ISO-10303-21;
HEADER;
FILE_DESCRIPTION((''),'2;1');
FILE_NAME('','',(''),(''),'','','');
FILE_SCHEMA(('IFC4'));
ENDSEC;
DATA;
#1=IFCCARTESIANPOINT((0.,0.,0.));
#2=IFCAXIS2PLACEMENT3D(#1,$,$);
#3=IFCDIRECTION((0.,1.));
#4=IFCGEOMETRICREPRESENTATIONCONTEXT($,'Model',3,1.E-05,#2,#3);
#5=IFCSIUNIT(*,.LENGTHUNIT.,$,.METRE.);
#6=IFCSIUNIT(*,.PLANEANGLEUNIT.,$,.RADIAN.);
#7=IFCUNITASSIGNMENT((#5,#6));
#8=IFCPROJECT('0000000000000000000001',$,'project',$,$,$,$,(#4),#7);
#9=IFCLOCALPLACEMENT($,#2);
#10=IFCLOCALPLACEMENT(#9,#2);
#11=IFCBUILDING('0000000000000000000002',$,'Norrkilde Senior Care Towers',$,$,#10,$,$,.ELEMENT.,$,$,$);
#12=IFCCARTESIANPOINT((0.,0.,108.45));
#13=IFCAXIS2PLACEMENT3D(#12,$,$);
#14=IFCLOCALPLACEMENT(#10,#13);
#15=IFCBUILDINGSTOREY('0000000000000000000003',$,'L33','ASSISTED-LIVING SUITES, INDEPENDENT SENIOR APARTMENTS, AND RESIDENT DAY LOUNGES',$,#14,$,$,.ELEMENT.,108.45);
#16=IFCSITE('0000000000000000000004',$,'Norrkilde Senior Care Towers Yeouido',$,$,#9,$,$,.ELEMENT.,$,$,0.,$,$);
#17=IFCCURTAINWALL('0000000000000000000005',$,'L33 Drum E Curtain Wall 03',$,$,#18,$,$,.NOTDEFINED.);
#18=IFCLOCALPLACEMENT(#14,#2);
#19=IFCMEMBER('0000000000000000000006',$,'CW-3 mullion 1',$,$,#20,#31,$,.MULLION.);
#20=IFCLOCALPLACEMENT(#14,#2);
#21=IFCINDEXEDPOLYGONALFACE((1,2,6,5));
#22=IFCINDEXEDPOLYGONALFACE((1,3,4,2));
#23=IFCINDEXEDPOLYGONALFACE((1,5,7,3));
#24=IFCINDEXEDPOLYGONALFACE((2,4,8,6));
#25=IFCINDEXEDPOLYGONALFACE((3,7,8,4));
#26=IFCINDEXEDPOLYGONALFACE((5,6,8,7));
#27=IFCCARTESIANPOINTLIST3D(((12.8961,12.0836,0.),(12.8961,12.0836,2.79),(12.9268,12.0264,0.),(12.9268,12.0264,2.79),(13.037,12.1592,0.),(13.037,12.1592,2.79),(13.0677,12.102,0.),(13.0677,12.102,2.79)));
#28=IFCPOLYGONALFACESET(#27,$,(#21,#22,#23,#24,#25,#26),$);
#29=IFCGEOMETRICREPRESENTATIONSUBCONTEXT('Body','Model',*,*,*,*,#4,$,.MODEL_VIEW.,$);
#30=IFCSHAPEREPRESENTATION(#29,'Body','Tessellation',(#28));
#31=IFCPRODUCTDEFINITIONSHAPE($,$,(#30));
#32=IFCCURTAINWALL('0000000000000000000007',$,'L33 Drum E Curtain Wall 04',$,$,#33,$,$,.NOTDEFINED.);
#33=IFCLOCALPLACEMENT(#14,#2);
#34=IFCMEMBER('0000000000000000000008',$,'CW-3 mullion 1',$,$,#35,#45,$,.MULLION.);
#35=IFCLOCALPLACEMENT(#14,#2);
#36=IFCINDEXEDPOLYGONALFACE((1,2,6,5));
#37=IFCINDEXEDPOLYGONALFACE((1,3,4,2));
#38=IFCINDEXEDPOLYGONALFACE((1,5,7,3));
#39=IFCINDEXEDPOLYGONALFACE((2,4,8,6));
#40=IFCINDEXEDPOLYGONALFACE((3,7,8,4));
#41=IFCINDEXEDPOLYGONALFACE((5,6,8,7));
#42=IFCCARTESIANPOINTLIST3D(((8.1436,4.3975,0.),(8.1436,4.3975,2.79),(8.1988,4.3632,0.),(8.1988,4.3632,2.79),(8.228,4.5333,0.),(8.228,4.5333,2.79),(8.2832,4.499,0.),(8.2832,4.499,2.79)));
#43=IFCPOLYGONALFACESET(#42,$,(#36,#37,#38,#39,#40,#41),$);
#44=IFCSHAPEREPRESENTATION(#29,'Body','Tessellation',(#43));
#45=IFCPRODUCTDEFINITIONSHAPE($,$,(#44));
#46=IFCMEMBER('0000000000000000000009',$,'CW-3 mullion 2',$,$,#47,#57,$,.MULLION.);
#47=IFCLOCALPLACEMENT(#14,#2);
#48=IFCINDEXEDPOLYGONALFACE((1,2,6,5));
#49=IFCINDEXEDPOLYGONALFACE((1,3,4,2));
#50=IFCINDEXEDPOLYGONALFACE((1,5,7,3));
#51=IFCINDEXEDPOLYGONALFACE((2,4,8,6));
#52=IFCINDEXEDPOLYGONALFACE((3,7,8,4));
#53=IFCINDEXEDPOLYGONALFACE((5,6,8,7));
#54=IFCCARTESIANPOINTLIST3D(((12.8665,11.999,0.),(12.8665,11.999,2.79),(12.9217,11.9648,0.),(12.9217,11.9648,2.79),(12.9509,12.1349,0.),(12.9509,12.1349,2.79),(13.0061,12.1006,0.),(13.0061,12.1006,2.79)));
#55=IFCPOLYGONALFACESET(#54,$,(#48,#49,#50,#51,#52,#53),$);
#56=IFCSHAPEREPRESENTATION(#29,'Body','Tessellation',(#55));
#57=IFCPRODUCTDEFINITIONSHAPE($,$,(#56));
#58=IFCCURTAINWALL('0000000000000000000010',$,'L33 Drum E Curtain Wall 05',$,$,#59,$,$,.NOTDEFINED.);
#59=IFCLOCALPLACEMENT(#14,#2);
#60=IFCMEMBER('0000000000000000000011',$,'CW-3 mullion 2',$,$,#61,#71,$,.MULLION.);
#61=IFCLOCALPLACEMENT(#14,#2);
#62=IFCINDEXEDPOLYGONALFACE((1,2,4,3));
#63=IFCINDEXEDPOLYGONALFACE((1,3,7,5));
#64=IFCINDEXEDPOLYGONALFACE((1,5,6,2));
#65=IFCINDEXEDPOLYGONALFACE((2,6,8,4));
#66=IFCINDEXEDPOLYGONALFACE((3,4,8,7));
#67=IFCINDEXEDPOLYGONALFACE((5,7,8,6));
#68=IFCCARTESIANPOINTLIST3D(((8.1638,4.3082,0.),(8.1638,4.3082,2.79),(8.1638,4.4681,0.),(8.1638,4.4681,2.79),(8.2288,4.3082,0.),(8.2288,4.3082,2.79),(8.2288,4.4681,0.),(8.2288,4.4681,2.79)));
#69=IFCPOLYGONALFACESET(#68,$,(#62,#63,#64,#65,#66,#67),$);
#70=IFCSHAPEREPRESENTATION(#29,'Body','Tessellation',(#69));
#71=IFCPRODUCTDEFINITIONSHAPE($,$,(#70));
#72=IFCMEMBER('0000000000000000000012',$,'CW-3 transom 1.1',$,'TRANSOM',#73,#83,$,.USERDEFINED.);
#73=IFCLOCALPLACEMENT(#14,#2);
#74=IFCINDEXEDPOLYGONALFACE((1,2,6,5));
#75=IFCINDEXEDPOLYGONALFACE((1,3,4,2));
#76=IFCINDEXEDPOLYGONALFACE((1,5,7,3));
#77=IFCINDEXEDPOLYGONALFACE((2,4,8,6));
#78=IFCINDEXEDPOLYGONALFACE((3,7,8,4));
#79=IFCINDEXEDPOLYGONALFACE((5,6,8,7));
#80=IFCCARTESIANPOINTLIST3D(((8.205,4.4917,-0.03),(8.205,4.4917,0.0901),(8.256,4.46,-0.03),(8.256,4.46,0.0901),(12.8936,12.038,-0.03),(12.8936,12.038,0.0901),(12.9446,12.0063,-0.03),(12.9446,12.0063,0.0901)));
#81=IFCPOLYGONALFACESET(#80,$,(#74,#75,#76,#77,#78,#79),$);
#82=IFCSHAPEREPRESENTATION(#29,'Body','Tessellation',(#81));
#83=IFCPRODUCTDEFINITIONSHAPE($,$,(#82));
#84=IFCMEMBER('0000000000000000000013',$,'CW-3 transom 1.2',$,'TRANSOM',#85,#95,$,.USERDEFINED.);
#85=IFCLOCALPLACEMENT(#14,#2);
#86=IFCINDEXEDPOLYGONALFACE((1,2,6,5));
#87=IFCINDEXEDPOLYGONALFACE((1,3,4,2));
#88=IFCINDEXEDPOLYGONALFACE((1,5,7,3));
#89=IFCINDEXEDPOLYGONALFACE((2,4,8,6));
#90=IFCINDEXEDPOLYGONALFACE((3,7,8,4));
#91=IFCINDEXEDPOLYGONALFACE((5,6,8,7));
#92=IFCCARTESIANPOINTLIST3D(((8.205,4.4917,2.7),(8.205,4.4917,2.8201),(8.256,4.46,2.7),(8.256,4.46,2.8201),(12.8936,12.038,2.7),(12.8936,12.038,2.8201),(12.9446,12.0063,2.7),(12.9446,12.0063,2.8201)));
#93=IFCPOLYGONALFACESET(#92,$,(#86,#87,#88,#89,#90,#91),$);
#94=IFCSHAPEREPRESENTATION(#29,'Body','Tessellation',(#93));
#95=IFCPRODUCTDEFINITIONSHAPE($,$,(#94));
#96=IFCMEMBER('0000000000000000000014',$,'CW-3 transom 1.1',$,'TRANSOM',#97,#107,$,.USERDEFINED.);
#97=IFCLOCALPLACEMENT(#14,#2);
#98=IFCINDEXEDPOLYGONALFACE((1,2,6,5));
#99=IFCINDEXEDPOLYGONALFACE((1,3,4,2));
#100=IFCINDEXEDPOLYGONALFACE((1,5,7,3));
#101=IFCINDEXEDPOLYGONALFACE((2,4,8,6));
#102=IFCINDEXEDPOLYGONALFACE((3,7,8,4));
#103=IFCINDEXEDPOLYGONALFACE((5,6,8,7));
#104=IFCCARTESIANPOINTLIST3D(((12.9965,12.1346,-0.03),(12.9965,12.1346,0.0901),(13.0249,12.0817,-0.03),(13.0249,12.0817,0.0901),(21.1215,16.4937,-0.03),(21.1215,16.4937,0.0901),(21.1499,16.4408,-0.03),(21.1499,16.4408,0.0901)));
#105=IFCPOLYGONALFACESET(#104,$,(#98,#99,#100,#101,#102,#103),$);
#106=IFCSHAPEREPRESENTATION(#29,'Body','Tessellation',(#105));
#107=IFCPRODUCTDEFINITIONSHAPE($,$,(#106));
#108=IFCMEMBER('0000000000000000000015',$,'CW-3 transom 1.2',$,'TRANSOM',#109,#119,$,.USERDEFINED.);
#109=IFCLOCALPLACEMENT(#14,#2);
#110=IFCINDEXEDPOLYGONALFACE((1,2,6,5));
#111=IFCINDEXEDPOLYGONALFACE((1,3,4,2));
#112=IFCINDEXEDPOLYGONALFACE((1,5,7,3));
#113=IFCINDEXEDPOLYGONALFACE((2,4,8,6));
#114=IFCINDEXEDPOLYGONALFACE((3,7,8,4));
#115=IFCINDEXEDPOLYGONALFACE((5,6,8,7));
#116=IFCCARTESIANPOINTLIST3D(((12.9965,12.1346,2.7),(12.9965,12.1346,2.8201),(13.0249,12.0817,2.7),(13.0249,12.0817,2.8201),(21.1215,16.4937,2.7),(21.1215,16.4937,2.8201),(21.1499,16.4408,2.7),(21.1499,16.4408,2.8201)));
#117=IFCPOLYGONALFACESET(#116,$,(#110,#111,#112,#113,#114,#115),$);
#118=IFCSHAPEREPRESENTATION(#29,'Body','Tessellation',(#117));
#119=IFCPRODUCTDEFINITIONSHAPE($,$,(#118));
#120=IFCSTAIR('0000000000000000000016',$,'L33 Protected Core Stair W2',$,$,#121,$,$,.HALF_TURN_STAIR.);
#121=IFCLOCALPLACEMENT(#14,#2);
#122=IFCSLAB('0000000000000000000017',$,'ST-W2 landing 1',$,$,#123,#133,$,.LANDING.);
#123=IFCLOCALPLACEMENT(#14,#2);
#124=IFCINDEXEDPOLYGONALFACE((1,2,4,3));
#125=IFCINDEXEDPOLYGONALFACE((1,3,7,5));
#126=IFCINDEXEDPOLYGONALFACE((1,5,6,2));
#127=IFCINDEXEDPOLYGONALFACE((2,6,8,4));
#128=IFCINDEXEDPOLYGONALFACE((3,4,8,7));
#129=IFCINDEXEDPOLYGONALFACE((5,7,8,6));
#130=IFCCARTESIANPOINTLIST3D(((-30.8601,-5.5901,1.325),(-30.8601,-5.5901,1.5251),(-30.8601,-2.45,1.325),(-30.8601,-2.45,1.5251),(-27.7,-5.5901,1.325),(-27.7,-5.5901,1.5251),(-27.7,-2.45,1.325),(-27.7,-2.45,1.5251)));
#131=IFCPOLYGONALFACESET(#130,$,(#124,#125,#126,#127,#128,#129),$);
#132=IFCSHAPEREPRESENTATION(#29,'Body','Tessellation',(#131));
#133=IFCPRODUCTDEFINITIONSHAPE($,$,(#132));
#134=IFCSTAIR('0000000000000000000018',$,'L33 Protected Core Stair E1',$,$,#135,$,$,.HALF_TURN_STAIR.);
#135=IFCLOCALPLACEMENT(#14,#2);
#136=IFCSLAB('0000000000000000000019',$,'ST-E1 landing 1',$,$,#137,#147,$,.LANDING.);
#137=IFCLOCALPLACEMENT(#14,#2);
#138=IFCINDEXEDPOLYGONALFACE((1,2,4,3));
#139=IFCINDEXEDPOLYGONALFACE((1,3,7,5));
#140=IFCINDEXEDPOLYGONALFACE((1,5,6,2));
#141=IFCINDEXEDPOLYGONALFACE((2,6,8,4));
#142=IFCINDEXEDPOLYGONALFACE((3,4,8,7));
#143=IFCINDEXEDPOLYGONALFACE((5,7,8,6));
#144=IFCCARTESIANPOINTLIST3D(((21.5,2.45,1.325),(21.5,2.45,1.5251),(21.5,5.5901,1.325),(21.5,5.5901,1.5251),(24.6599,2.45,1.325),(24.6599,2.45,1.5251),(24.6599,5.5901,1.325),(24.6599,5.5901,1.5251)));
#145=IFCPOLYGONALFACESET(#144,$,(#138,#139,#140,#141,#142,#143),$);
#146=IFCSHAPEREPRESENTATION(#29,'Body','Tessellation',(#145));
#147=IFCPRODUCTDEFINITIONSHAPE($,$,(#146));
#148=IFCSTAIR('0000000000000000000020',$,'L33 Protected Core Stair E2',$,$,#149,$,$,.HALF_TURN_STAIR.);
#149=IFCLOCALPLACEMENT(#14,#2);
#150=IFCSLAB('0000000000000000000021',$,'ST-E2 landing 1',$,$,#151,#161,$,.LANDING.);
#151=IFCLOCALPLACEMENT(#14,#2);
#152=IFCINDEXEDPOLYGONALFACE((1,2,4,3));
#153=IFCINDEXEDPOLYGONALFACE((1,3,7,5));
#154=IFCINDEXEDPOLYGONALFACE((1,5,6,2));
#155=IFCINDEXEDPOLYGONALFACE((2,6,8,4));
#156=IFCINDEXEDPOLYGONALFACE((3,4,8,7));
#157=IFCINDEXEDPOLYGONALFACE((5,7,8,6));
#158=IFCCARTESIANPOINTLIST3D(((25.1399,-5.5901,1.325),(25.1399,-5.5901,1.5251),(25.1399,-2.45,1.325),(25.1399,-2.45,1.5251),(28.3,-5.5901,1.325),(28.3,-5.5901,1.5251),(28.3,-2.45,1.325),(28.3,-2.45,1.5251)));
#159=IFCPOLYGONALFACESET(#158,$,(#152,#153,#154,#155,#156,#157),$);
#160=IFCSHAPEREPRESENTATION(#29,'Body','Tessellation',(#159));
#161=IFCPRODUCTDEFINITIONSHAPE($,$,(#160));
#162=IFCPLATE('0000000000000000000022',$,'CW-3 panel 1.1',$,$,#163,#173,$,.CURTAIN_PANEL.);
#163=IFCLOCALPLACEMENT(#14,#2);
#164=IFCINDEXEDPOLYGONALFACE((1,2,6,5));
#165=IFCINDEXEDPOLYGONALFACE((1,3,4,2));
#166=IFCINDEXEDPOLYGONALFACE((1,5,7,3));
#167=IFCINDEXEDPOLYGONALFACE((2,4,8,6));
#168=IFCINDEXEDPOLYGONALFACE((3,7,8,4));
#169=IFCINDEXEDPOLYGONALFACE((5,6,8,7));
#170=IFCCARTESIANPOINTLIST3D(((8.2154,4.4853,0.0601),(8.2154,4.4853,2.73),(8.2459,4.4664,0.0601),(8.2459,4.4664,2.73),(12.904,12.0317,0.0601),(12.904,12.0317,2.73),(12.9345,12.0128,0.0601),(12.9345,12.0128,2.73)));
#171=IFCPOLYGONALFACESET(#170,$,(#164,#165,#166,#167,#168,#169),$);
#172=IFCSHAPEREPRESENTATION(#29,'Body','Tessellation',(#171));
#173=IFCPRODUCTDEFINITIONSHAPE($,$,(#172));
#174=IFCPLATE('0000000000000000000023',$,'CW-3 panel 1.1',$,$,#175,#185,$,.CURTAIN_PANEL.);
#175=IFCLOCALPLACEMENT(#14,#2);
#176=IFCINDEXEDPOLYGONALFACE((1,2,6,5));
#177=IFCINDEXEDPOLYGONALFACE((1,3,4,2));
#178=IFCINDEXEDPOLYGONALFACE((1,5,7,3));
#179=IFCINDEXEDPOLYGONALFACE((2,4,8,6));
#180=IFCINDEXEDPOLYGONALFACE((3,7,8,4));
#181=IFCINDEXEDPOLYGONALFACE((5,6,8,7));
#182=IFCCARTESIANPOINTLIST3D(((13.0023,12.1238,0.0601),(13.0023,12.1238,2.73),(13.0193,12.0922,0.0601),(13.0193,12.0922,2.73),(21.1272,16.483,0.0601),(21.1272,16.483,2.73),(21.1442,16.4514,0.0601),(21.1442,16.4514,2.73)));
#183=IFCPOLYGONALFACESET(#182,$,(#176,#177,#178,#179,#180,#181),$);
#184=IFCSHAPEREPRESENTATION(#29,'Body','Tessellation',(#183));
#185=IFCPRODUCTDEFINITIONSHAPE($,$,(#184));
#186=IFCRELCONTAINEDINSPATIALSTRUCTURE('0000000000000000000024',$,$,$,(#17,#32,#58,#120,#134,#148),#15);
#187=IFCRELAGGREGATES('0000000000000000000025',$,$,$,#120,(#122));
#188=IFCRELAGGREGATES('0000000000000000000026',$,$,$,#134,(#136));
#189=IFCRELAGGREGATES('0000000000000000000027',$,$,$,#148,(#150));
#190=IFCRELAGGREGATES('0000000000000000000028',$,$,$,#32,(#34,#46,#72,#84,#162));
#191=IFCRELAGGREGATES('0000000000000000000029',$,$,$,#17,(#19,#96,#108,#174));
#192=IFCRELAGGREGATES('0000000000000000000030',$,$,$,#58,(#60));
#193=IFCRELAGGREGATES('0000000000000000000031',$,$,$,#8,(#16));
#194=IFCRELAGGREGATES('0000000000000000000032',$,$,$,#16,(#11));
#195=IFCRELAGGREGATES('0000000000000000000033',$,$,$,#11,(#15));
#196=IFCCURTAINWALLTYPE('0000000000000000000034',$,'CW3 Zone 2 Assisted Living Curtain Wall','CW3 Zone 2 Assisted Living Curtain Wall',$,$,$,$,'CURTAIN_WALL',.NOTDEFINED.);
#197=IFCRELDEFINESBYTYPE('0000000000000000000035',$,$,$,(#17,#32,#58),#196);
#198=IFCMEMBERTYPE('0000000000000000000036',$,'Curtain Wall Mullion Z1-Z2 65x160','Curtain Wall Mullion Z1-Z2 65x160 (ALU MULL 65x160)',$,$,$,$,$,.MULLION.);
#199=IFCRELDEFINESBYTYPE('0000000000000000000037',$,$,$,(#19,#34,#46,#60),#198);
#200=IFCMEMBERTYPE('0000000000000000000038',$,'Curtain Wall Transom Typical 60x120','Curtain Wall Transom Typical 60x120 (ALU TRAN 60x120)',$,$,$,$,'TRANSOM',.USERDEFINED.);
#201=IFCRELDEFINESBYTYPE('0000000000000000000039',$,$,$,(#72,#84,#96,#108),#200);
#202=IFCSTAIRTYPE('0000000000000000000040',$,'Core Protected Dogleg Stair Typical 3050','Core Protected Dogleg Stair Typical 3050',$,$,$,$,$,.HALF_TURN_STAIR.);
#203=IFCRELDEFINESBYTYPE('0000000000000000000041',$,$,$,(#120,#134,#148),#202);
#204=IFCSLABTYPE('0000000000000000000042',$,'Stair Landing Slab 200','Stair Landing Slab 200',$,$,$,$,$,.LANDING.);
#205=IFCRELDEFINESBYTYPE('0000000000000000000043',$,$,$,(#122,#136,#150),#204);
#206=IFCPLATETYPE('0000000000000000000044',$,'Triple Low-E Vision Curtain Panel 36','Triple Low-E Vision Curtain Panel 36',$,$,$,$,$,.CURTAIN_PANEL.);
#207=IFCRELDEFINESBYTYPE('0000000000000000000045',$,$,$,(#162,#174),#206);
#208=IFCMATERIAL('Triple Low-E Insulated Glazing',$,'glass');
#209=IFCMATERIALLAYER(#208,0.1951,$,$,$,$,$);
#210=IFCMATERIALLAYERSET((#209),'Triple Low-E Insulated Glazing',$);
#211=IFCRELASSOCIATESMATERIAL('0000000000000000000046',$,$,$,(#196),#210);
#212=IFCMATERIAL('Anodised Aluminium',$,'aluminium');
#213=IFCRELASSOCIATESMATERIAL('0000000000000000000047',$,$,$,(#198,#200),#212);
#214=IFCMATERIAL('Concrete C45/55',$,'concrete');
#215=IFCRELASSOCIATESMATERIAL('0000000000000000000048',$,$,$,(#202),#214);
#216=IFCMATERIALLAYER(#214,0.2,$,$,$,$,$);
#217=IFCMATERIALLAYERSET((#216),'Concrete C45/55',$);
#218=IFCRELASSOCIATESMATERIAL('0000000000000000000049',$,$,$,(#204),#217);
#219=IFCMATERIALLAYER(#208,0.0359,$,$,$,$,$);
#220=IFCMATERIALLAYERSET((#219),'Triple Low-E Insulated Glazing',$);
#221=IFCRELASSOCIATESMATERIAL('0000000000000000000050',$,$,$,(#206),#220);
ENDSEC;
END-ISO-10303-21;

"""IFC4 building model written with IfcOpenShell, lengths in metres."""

from ifc_helpers import new_model, si_unit, direction, frame, origin, origin_2d, place, context, subcontext, project, spatial, polyline, rectangle, outline, extrude, source, transform, mapped, material, layer, layer_set, material_profile, profile_set, type_object, type_shapes, element, aggregate, save


model = new_model("IFC4")

# Units and contexts
model_context = context("Model", 3, precision=1e-05, world=origin(), true_north=direction((0.0, 1.0)))
body_context = subcontext(model_context, "Body", "Model", "MODEL_VIEW")
ifc_project = project(units=[si_unit("LENGTHUNIT", "METRE"), si_unit("PLANEANGLEUNIT", "RADIAN")], contexts=[model_context])

# Site, building, storey
site_placement = place(None, origin())
site = spatial("IfcSite", under=ifc_project, at=site_placement, Name="Norrkilde Senior Care Towers Yeouido", CompositionType="ELEMENT", RefElevation=0.0)
building_placement = place(site_placement, origin())
building = spatial("IfcBuilding", under=site, at=building_placement, Name="Norrkilde Senior Care Towers", CompositionType="ELEMENT")
storey_placement = place(building_placement, frame((0.0, 0.0, 108.45)))
storey = spatial("IfcBuildingStorey", under=building, at=storey_placement, Name="L33", Description="ASSISTED-LIVING SUITES, INDEPENDENT SENIOR APARTMENTS, AND RESIDENT DAY LOUNGES", CompositionType="ELEMENT", Elevation=108.45)

# Curtain wall, member
ifc_material_1 = material(Name="Triple Low-E Insulated Glazing", Category="glass")
ifc_layer_1 = layer(ifc_material_1, 0.1951)
ifc_layer_set_1 = layer_set([ifc_layer_1], Name="Triple Low-E Insulated Glazing")
curtain_wall_type = type_object("IfcCurtainWallType", Name="CW3 Zone 2 Assisted Living Curtain Wall", Description="CW3 Zone 2 Assisted Living Curtain Wall", ElementType="CURTAIN_WALL", PredefinedType="NOTDEFINED", material=ifc_layer_set_1)
curtain_wall_1_placement = place(storey_placement, origin())
curtain_wall_1 = element("IfcCurtainWall", 1, at=curtain_wall_1_placement, inside=storey, type_object=curtain_wall_type, Name="L33 Drum E Curtain Wall 03", PredefinedType="NOTDEFINED")
ifc_material_2 = material(Name="Anodised Aluminium", Category="aluminium")
ifc_material_profile_1 = material_profile(ifc_material_2, rectangle(XDim=0.0649, YDim=0.1599, at=origin_2d()), Name="ALU MULL 65x160")
ifc_profile_set_1 = profile_set([ifc_material_profile_1], Name="Anodised Aluminium")
member_type_1 = type_object("IfcMemberType", Name="Curtain Wall Mullion Z1-Z2 65x160", Description="Curtain Wall Mullion Z1-Z2 65x160 (ALU MULL 65x160)", PredefinedType="MULLION", material=ifc_profile_set_1)
shared_shape_1 = source(origin(), body_context, "Body", "SweptSolid", [
    extrude(rectangle(XDim=0.0649, YDim=0.1599, at=origin_2d()), origin(), (0.0, 0.0, 1.0), 2.79),
])
type_shapes(member_type_1, [shared_shape_1])
member_1_placement = place(storey_placement, frame((12.9819, 12.0928, 0.0), z_axis=(0.0, 0.0, 1.0), x_axis=(-0.472769, 0.881186, 0.0)))
member_1 = element("IfcMember", 2, at=member_1_placement, type_object=member_type_1, Name="CW-3 mullion 1", PredefinedType="MULLION", context=body_context, shape_type="MappedRepresentation", body=[
    mapped(shared_shape_1, transform((0.0, 0.0, 0.0), x_axis=(1.0, 0.0, 0.0), y_axis=(0.0, 1.0, 0.0), z_axis=(0.0, 0.0, 1.0), scale=1.0)),
])

# Curtain wall, members
curtain_wall_2_placement = place(storey_placement, origin())
curtain_wall_2 = element("IfcCurtainWall", 3, at=curtain_wall_2_placement, inside=storey, type_object=curtain_wall_type, Name="L33 Drum E Curtain Wall 04", PredefinedType="NOTDEFINED")
member_2_placement = place(storey_placement, frame((8.2134, 4.4482, 0.0), z_axis=(0.0, 0.0, 1.0), x_axis=(-0.84941, 0.527733, 0.0)))
member_2 = element("IfcMember", 4, at=member_2_placement, type_object=member_type_1, Name="CW-3 mullion 1", PredefinedType="MULLION", context=body_context, shape_type="MappedRepresentation", body=[
    mapped(shared_shape_1, transform((0.0, 0.0, 0.0), x_axis=(1.0, 0.0, 0.0), y_axis=(0.0, 1.0, 0.0), z_axis=(0.0, 0.0, 1.0), scale=1.0)),
])
member_3_placement = place(storey_placement, frame((12.9363, 12.0498, 0.0), z_axis=(0.0, 0.0, 1.0), x_axis=(-0.84941, 0.527733, 0.0)))
member_3 = element("IfcMember", 5, at=member_3_placement, type_object=member_type_1, Name="CW-3 mullion 2", PredefinedType="MULLION", context=body_context, shape_type="MappedRepresentation", body=[
    mapped(shared_shape_1, transform((0.0, 0.0, 0.0), x_axis=(1.0, 0.0, 0.0), y_axis=(0.0, 1.0, 0.0), z_axis=(0.0, 0.0, 1.0), scale=1.0)),
])

# Curtain wall, member
curtain_wall_3_placement = place(storey_placement, origin())
curtain_wall_3 = element("IfcCurtainWall", 6, at=curtain_wall_3_placement, inside=storey, type_object=curtain_wall_type, Name="L33 Drum E Curtain Wall 05", PredefinedType="NOTDEFINED")
member_4_placement = place(storey_placement, frame((8.1963, 4.3882, 0.0), z_axis=(0.0, 0.0, 1.0), x_axis=(-1.0, 0.0, 0.0)))
member_4 = element("IfcMember", 7, at=member_4_placement, type_object=member_type_1, Name="CW-3 mullion 2", PredefinedType="MULLION", context=body_context, shape_type="MappedRepresentation", body=[
    mapped(shared_shape_1, transform((0.0, 0.0, 0.0), x_axis=(1.0, 0.0, 0.0), y_axis=(0.0, 1.0, 0.0), z_axis=(0.0, 0.0, 1.0), scale=1.0)),
])

# Members
ifc_material_profile_2 = material_profile(ifc_material_2, rectangle(XDim=0.0601, YDim=0.1201, at=origin_2d()), Name="ALU TRAN 60x120")
ifc_profile_set_2 = profile_set([ifc_material_profile_2], Name="Anodised Aluminium")
member_type_2 = type_object("IfcMemberType", Name="Curtain Wall Transom Typical 60x120", Description="Curtain Wall Transom Typical 60x120 (ALU TRAN 60x120)", ElementType="TRANSOM", PredefinedType="USERDEFINED", material=ifc_profile_set_2)
shared_shape_2 = source(origin(), body_context, "Body", "SweptSolid", [
    extrude(rectangle(XDim=0.0601, YDim=0.1201, at=origin_2d()), origin(), (0.0, 0.0, 1.0), 8.8843),
])
member_5_placement = place(storey_placement, frame((8.2305, 4.4758, 0.03), z_axis=(0.527749, 0.8494, 0.0), x_axis=(-0.8494, 0.527749, 0.0)))
member_5 = element("IfcMember", 8, at=member_5_placement, type_object=member_type_2, Name="CW-3 transom 1.1", ObjectType="TRANSOM", PredefinedType="USERDEFINED", context=body_context, shape_type="MappedRepresentation", body=[
    mapped(shared_shape_2, transform((0.0, 0.0, 0.0), x_axis=(1.0, 0.0, 0.0), y_axis=(0.0, 1.0, 0.0), z_axis=(0.0, 0.0, 1.0), scale=1.0)),
])
member_6_placement = place(storey_placement, frame((8.2305, 4.4758, 2.76), z_axis=(0.527749, 0.8494, 0.0), x_axis=(-0.8494, 0.527749, 0.0)))
member_6 = element("IfcMember", 9, at=member_6_placement, type_object=member_type_2, Name="CW-3 transom 1.2", ObjectType="TRANSOM", PredefinedType="USERDEFINED", context=body_context, shape_type="MappedRepresentation", body=[
    mapped(shared_shape_2, transform((0.0, 0.0, 0.0), x_axis=(1.0, 0.0, 0.0), y_axis=(0.0, 1.0, 0.0), z_axis=(0.0, 0.0, 1.0), scale=1.0)),
])
shared_shape_3 = source(origin(), body_context, "Body", "SweptSolid", [
    extrude(rectangle(XDim=0.0601, YDim=0.1201, at=origin_2d()), origin(), (0.0, 0.0, 1.0), 9.2205),
])
type_shapes(member_type_2, [shared_shape_2, shared_shape_3])
member_7_placement = place(storey_placement, frame((13.0107, 12.1082, 0.03), z_axis=(0.881189, 0.472765, 0.0), x_axis=(-0.472765, 0.881189, 0.0)))
member_7 = element("IfcMember", 10, at=member_7_placement, type_object=member_type_2, Name="CW-3 transom 1.1", ObjectType="TRANSOM", PredefinedType="USERDEFINED", context=body_context, shape_type="MappedRepresentation", body=[
    mapped(shared_shape_3, transform((0.0, 0.0, 0.0), x_axis=(1.0, 0.0, 0.0), y_axis=(0.0, 1.0, 0.0), z_axis=(0.0, 0.0, 1.0), scale=1.0)),
])
member_8_placement = place(storey_placement, frame((13.0107, 12.1082, 2.76), z_axis=(0.881189, 0.472765, 0.0), x_axis=(-0.472765, 0.881189, 0.0)))
member_8 = element("IfcMember", 11, at=member_8_placement, type_object=member_type_2, Name="CW-3 transom 1.2", ObjectType="TRANSOM", PredefinedType="USERDEFINED", context=body_context, shape_type="MappedRepresentation", body=[
    mapped(shared_shape_3, transform((0.0, 0.0, 0.0), x_axis=(1.0, 0.0, 0.0), y_axis=(0.0, 1.0, 0.0), z_axis=(0.0, 0.0, 1.0), scale=1.0)),
])

# Stairs, slabs
ifc_material_3 = material(Name="Concrete C45/55", Category="concrete")
stair_type = type_object("IfcStairType", Name="Core Protected Dogleg Stair Typical 3050", Description="Core Protected Dogleg Stair Typical 3050", PredefinedType="HALF_TURN_STAIR", material=ifc_material_3)
stair_1_placement = place(storey_placement, origin())
stair_1 = element("IfcStair", 12, at=stair_1_placement, inside=storey, type_object=stair_type, Name="L33 Protected Core Stair W2", PredefinedType="HALF_TURN_STAIR")
ifc_layer_2 = layer(ifc_material_3, 0.2)
ifc_layer_set_2 = layer_set([ifc_layer_2], Name="Concrete C45/55")
slab_type = type_object("IfcSlabType", Name="Stair Landing Slab 200", Description="Stair Landing Slab 200", PredefinedType="LANDING", material=ifc_layer_set_2)
slab_1_placement = place(storey_placement, frame((0.0, 0.0, 1.325)))
slab_1 = element("IfcSlab", 13, at=slab_1_placement, type_object=slab_type, Name="ST-W2 landing 1", PredefinedType="LANDING", context=body_context, shape_type="SweptSolid", body=[
    extrude(outline(polyline([(-30.8601, -5.5901), (-27.7, -5.5901), (-27.7, -2.45), (-30.8601, -2.45), (-30.8601, -5.5901)])), origin(), (0.0, 0.0, 1.0), 0.2002),
])
aggregate(stair_1, [slab_1])
stair_2_placement = place(storey_placement, origin())
stair_2 = element("IfcStair", 14, at=stair_2_placement, inside=storey, type_object=stair_type, Name="L33 Protected Core Stair E1", PredefinedType="HALF_TURN_STAIR")
slab_2_placement = place(storey_placement, frame((0.0, 0.0, 1.325)))
slab_2 = element("IfcSlab", 15, at=slab_2_placement, type_object=slab_type, Name="ST-E1 landing 1", PredefinedType="LANDING", context=body_context, shape_type="SweptSolid", body=[
    extrude(outline(polyline([(24.6599, 5.5901), (21.5, 5.5901), (21.5, 2.45), (24.6599, 2.45), (24.6599, 5.5901)])), origin(), (0.0, 0.0, 1.0), 0.2002),
])
aggregate(stair_2, [slab_2])
stair_3_placement = place(storey_placement, origin())
stair_3 = element("IfcStair", 16, at=stair_3_placement, inside=storey, type_object=stair_type, Name="L33 Protected Core Stair E2", PredefinedType="HALF_TURN_STAIR")
slab_3_placement = place(storey_placement, frame((0.0, 0.0, 1.325)))
slab_3 = element("IfcSlab", 17, at=slab_3_placement, type_object=slab_type, Name="ST-E2 landing 1", PredefinedType="LANDING", context=body_context, shape_type="SweptSolid", body=[
    extrude(outline(polyline([(25.1399, -5.5901), (28.3, -5.5901), (28.3, -2.45), (25.1399, -2.45), (25.1399, -5.5901)])), origin(), (0.0, 0.0, 1.0), 0.2002),
])
aggregate(stair_3, [slab_3])

# Plates
ifc_layer_3 = layer(ifc_material_1, 0.0359)
ifc_layer_set_3 = layer_set([ifc_layer_3], Name="Triple Low-E Insulated Glazing")
plate_type = type_object("IfcPlateType", Name="Triple Low-E Vision Curtain Panel 36", Description="Triple Low-E Vision Curtain Panel 36", PredefinedType="CURTAIN_PANEL", material=ifc_layer_set_3)
shared_shape_4 = source(origin(), body_context, "Body", "SweptSolid", [
    extrude(rectangle(XDim=8.8843, YDim=0.0359, at=origin_2d()), origin(), (0.0, 0.0, 1.0), 2.6699),
])
plate_1_placement = place(storey_placement, frame((10.575, 8.249, 0.0601), z_axis=(0.0, 0.0, 1.0), x_axis=(0.527733, 0.84941, 0.0)))
plate_1 = element("IfcPlate", 18, at=plate_1_placement, type_object=plate_type, Name="CW-3 panel 1.1", PredefinedType="CURTAIN_PANEL", context=body_context, shape_type="MappedRepresentation", body=[
    mapped(shared_shape_4, transform((0.0, 0.0, 0.0), x_axis=(1.0, 0.0, 0.0), y_axis=(0.0, 1.0, 0.0), z_axis=(0.0, 0.0, 1.0), scale=1.0)),
])
aggregate(curtain_wall_2, [member_2, member_3, member_5, member_6, plate_1])
shared_shape_5 = source(origin(), body_context, "Body", "SweptSolid", [
    extrude(rectangle(XDim=9.2205, YDim=0.0359, at=origin_2d()), origin(), (0.0, 0.0, 1.0), 2.6699),
])
plate_2_placement = place(storey_placement, frame((17.0732, 14.2876, 0.0601), z_axis=(0.0, 0.0, 1.0), x_axis=(0.881186, 0.472769, 0.0)))
plate_2 = element("IfcPlate", 19, at=plate_2_placement, type_object=plate_type, Name="CW-3 panel 1.1", PredefinedType="CURTAIN_PANEL", context=body_context, shape_type="MappedRepresentation", body=[
    mapped(shared_shape_5, transform((0.0, 0.0, 0.0), x_axis=(1.0, 0.0, 0.0), y_axis=(0.0, 1.0, 0.0), z_axis=(0.0, 0.0, 1.0), scale=1.0)),
])
aggregate(curtain_wall_1, [member_1, member_7, member_8, plate_2])
aggregate(curtain_wall_3, [member_4])

save(model, "model.ifc")
